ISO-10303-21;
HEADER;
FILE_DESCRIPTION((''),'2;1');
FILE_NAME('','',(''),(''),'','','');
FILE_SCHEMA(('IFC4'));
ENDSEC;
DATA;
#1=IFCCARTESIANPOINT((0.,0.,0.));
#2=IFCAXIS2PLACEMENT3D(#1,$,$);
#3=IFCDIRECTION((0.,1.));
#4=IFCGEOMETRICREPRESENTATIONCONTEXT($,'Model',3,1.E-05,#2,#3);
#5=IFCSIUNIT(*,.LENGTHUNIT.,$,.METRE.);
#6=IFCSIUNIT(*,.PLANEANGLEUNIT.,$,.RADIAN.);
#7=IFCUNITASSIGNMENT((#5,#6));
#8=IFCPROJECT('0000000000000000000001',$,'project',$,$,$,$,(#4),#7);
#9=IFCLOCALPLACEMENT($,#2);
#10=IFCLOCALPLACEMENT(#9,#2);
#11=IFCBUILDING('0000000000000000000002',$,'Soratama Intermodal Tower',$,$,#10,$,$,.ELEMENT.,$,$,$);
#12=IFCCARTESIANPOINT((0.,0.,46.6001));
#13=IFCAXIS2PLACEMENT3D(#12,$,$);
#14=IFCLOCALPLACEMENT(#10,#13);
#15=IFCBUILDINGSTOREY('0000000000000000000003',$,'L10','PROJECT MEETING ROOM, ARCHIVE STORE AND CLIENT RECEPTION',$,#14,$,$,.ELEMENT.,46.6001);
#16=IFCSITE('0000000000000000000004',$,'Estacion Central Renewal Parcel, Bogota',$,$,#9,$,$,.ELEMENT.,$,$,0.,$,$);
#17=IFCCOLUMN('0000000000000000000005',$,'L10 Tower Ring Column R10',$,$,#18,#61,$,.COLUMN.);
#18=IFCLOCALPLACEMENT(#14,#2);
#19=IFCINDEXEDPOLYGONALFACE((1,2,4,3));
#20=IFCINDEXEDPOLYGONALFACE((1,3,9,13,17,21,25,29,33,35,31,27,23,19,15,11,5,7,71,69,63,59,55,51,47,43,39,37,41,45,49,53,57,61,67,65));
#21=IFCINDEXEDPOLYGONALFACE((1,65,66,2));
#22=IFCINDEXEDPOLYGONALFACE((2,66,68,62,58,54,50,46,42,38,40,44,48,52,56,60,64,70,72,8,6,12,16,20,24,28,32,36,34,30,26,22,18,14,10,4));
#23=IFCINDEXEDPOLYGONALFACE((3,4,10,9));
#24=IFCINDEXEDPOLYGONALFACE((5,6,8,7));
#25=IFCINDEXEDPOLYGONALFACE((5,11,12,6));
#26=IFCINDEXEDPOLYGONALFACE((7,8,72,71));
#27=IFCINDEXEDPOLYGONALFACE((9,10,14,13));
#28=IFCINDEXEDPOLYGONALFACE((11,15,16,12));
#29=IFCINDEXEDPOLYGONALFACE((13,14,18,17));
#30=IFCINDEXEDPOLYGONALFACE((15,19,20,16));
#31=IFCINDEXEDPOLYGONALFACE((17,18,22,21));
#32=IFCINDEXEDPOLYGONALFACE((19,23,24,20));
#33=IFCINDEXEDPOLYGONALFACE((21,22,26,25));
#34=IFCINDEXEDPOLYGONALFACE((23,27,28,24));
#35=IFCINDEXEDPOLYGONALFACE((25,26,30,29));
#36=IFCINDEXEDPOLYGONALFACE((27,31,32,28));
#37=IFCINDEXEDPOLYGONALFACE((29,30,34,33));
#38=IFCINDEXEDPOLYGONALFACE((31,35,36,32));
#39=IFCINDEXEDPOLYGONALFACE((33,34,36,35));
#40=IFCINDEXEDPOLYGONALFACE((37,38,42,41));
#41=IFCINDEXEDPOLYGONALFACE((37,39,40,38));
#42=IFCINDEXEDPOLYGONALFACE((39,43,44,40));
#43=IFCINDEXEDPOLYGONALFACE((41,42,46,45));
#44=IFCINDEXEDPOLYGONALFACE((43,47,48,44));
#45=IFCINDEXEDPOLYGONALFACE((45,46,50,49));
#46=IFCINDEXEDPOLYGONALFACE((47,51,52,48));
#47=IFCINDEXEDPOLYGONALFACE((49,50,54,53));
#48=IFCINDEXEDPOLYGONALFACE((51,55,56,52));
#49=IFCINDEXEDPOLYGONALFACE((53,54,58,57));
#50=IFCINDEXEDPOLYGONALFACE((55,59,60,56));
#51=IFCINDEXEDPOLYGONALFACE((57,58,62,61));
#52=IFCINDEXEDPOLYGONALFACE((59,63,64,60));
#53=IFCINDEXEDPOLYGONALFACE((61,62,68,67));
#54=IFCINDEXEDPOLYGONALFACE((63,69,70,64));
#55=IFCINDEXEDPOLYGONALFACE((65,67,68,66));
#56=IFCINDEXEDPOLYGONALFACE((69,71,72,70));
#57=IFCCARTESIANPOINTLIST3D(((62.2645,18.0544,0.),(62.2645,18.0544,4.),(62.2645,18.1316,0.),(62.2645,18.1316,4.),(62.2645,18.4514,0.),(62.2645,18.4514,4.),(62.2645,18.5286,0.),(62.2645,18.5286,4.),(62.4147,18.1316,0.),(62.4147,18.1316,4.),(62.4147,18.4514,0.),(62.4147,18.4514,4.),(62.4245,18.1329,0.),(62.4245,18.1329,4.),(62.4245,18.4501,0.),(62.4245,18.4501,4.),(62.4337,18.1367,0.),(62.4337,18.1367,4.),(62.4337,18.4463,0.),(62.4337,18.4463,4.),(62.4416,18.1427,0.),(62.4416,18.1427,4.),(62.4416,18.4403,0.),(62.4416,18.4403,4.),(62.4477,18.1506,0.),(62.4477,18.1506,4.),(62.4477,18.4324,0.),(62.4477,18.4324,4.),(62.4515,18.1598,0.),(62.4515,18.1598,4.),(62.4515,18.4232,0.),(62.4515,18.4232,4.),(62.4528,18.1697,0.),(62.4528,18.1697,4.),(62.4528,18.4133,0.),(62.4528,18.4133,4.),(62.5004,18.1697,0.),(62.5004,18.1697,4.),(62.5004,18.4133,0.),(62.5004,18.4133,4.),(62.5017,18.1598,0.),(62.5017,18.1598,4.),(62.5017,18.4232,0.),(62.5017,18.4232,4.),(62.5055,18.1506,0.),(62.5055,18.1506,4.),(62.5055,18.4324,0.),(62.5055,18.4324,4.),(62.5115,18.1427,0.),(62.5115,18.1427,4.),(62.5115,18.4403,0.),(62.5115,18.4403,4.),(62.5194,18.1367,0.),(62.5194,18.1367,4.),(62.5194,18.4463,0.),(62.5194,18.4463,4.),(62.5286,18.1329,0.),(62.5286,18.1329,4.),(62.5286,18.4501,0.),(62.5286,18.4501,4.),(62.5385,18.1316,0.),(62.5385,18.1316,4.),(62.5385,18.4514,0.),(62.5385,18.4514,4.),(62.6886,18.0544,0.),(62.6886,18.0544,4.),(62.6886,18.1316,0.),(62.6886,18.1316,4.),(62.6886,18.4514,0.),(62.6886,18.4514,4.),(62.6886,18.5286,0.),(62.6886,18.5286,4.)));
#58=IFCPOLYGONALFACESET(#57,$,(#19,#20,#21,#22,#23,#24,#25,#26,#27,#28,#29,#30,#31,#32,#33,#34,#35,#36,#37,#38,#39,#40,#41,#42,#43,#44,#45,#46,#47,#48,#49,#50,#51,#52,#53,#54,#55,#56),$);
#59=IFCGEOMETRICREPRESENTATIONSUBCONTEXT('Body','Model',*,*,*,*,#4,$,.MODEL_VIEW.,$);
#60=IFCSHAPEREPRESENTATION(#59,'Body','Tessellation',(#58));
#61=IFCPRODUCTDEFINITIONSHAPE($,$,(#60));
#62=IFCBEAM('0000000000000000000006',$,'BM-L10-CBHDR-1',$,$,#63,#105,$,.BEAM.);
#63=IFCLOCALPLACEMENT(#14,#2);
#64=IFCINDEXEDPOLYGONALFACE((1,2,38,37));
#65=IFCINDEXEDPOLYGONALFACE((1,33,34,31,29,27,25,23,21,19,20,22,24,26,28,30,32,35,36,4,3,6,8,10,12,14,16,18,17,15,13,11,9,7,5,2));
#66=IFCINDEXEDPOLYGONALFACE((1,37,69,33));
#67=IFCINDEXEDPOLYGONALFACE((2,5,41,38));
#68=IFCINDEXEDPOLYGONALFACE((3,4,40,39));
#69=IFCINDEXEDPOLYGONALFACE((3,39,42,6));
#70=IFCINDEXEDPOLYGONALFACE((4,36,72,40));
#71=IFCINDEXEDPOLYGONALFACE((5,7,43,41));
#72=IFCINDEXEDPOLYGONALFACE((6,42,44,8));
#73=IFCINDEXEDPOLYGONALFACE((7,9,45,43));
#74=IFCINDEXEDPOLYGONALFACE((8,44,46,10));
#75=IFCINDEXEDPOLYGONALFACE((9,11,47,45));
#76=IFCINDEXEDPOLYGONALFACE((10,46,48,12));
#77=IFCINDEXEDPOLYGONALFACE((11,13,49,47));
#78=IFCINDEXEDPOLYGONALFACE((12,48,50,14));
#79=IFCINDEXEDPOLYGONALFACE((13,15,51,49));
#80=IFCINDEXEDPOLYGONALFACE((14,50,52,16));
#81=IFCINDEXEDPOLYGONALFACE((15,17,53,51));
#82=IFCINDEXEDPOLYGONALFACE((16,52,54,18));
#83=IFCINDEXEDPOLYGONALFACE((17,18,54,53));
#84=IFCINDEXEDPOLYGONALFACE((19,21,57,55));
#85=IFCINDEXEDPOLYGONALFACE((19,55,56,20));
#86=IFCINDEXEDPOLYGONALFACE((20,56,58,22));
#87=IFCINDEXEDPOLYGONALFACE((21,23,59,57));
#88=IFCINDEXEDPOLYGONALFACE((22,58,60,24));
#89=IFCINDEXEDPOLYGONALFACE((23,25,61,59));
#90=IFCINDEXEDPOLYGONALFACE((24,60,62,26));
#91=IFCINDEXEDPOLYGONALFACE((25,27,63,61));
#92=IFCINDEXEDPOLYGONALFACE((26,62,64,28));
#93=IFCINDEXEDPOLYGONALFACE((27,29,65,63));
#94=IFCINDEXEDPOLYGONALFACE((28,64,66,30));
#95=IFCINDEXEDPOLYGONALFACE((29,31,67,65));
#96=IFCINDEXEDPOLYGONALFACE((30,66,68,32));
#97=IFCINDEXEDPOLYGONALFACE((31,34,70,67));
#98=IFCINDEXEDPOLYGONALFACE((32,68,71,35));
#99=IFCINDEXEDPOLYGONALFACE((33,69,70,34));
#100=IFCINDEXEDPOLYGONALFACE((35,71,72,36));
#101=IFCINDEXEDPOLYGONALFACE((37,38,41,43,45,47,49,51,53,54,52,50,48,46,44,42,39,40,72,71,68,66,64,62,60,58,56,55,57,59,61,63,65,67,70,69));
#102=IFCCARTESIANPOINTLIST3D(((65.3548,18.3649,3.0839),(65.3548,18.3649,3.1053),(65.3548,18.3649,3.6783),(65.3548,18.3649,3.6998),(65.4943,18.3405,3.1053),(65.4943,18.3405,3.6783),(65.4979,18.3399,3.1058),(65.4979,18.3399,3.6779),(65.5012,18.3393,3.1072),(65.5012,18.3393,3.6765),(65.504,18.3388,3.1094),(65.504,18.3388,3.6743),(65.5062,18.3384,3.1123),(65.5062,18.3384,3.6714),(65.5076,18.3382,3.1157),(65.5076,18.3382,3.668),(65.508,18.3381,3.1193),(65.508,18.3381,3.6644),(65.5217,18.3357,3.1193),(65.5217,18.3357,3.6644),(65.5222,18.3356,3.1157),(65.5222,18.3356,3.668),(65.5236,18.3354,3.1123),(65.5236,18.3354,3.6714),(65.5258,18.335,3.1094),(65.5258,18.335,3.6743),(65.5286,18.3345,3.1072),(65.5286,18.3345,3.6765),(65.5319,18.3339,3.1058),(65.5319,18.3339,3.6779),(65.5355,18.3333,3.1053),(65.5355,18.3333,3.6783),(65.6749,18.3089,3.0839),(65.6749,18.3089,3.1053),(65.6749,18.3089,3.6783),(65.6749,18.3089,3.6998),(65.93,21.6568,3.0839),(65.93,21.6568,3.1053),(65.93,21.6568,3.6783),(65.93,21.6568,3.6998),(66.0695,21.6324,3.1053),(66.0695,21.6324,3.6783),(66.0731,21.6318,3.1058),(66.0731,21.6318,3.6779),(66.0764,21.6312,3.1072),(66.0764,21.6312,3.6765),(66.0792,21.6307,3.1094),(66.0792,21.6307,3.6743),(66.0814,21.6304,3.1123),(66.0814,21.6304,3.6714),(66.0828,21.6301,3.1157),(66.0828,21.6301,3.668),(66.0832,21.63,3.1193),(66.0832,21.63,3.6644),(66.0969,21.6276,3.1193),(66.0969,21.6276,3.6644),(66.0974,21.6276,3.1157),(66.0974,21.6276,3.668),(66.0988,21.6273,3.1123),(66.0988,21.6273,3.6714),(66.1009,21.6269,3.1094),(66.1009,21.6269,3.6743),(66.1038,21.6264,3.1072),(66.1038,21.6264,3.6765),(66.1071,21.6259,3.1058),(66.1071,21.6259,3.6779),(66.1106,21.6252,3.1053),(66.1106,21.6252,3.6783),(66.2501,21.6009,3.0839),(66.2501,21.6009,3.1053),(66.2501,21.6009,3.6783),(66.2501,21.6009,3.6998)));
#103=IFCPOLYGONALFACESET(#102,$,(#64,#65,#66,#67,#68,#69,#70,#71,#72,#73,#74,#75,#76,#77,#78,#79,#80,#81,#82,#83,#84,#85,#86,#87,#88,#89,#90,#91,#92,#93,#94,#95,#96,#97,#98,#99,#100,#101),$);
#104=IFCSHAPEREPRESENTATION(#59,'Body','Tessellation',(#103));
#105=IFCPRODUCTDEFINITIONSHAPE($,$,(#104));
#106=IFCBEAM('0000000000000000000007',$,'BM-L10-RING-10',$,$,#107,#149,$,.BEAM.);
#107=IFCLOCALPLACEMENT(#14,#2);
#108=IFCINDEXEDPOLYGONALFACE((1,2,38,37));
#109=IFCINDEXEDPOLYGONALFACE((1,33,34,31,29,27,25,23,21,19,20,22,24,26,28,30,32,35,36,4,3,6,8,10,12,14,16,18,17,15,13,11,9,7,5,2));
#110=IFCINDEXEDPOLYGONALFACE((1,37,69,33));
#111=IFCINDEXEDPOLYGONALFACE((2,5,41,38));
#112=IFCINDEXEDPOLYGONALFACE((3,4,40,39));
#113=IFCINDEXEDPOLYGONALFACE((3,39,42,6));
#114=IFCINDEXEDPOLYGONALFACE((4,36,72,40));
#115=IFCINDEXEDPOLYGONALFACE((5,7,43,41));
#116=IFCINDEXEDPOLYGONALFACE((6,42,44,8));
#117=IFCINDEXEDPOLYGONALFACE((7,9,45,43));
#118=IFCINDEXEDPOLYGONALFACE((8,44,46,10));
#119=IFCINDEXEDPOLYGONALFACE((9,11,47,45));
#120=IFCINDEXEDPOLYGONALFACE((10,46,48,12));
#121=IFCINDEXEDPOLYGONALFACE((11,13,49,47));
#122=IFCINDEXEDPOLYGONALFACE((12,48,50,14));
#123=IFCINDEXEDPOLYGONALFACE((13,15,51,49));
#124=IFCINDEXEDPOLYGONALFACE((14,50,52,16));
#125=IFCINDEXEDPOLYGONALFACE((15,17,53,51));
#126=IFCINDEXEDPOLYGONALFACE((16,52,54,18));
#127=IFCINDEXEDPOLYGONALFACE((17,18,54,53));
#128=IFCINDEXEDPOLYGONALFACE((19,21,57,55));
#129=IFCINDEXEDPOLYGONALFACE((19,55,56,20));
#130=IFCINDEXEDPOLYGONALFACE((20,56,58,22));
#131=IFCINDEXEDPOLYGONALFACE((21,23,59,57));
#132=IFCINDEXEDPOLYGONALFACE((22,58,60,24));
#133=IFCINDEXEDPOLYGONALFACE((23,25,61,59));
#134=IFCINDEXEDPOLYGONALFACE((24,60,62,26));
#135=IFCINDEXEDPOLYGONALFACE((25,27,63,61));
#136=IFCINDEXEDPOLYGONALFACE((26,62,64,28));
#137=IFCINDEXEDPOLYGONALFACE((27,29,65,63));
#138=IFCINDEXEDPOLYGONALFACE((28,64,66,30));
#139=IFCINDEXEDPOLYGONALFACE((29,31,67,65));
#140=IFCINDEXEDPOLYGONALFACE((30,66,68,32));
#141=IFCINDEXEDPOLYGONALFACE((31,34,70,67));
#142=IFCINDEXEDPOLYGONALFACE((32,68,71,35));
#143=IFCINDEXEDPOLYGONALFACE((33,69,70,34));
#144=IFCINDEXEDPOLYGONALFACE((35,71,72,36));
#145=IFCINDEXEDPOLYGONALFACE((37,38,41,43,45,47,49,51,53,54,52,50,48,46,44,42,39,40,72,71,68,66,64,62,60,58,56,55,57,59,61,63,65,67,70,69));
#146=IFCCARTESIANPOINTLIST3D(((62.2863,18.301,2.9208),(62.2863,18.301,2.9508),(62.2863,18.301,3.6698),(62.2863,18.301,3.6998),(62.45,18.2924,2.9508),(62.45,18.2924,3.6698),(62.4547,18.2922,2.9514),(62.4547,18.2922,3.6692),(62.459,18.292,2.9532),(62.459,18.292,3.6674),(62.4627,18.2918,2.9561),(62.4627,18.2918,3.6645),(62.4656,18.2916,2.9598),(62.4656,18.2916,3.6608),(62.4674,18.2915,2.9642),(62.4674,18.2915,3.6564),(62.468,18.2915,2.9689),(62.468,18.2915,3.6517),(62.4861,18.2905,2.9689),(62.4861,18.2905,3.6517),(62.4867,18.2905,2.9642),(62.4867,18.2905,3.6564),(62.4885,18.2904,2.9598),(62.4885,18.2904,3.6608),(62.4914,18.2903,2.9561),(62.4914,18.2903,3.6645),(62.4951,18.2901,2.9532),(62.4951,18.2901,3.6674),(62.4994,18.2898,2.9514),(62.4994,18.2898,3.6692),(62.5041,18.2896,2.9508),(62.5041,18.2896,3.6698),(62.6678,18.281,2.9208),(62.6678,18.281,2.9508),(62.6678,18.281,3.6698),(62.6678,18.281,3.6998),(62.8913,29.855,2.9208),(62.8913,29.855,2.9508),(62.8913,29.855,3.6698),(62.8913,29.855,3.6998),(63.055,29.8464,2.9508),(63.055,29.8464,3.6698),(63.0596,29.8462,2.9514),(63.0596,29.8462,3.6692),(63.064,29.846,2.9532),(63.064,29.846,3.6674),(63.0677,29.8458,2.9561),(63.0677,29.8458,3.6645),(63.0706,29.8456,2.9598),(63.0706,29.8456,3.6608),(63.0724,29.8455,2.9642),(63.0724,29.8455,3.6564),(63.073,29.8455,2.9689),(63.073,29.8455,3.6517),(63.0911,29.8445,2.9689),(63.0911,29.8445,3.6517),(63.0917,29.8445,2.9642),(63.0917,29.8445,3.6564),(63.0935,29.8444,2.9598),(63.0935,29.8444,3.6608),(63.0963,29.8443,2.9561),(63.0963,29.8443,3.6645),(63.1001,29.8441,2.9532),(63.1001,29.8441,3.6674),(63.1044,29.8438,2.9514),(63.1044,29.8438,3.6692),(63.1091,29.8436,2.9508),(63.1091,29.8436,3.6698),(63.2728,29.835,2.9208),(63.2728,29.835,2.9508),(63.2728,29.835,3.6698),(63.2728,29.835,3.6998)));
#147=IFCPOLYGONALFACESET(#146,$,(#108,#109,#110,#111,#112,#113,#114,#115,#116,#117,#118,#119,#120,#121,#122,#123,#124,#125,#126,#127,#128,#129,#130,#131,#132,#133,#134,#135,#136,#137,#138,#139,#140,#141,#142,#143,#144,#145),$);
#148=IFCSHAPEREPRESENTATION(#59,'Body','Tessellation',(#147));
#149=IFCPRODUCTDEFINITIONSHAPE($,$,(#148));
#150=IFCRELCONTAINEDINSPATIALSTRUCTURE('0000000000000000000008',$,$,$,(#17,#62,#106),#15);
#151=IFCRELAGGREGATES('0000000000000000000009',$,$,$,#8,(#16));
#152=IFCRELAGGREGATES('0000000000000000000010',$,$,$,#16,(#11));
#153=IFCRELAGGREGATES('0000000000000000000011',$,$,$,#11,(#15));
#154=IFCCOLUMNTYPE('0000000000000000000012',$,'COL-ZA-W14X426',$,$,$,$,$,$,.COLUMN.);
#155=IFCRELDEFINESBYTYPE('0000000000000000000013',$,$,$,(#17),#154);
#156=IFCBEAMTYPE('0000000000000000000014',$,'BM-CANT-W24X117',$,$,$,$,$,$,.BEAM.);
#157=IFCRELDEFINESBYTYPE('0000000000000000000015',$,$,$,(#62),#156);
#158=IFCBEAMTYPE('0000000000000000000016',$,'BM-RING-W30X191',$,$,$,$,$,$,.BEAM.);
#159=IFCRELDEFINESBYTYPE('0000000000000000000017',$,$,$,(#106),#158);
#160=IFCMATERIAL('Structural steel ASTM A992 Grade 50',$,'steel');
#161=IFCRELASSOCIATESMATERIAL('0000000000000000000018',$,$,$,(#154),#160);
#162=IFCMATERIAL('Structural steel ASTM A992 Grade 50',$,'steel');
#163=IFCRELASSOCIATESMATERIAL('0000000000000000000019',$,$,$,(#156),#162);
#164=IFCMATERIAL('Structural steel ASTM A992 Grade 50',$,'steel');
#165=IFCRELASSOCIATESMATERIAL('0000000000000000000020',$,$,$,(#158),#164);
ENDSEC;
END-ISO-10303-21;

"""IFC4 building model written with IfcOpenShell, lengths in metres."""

from ifc_helpers import new_model, si_unit, direction, frame, origin, origin_2d, place, context, subcontext, project, spatial, i_section, extrude, material, material_profile, profile_set, type_object, element, save


model = new_model("IFC4")

# Units and contexts
model_context = context("Model", 3, precision=1e-05, world=origin(), true_north=direction((0.0, 1.0)))
body_context = subcontext(model_context, "Body", "Model", "MODEL_VIEW")
ifc_project = project(units=[si_unit("LENGTHUNIT", "METRE"), si_unit("PLANEANGLEUNIT", "RADIAN")], contexts=[model_context])

# Site, building, storey
site_placement = place(None, origin())
site = spatial("IfcSite", under=ifc_project, at=site_placement, Name="Estacion Central Renewal Parcel, Bogota", CompositionType="ELEMENT", RefElevation=0.0)
building_placement = place(site_placement, origin())
building = spatial("IfcBuilding", under=site, at=building_placement, Name="Soratama Intermodal Tower", CompositionType="ELEMENT")
storey_placement = place(building_placement, frame((0.0, 0.0, 46.6001)))
storey = spatial("IfcBuildingStorey", under=building, at=storey_placement, Name="L10", Description="PROJECT MEETING ROOM, ARCHIVE STORE AND CLIENT RECEPTION", CompositionType="ELEMENT", Elevation=46.6001)

# Column
ifc_material_1 = material(Name="Structural steel ASTM A992 Grade 50", Category="steel")
ifc_material_profile_1 = material_profile(ifc_material_1, i_section(OverallWidth=0.4241, OverallDepth=0.4741, WebThickness=0.0476, FlangeThickness=0.0771, FilletRadius=0.0381, at=origin_2d()), Name="W14X426")
ifc_profile_set_1 = profile_set([ifc_material_profile_1], Name="Structural steel ASTM A992 Grade 50")
column_type = type_object("IfcColumnType", Name="COL-ZA-W14X426", PredefinedType="COLUMN", material=ifc_profile_set_1)
column_placement = place(storey_placement, frame((62.4766, 18.2915, 0.0), z_axis=(0.0, 0.0, 1.0), x_axis=(1.0, 0.0, 0.0)))
element("IfcColumn", 1, at=column_placement, inside=storey, type_object=column_type, Name="L10 Tower Ring Column R10", PredefinedType="COLUMN", context=body_context, shape_type="SweptSolid", body=[
    extrude(i_section(OverallWidth=0.4241, OverallDepth=0.4741, WebThickness=0.0476, FlangeThickness=0.0771, FilletRadius=0.0381, at=origin_2d()), origin(), (0.0, 0.0, 1.0), 4.0),
])

# Beams
ifc_material_2 = material(Name="Structural steel ASTM A992 Grade 50", Category="steel")
ifc_material_profile_2 = material_profile(ifc_material_2, i_section(OverallWidth=0.325, OverallDepth=0.616, WebThickness=0.0139, FlangeThickness=0.0215, FilletRadius=0.0139, at=origin_2d()), Name="W24X117")
ifc_profile_set_2 = profile_set([ifc_material_profile_2], Name="Structural steel ASTM A992 Grade 50")
beam_type_1 = type_object("IfcBeamType", Name="BM-CANT-W24X117", PredefinedType="BEAM", material=ifc_profile_set_2)
beam_1_placement = place(storey_placement, frame((65.5149, 18.3369, 3.3918), z_axis=(0.172118, 0.985076, 0.0), x_axis=(-0.985076, 0.172118, 0.0)))
element("IfcBeam", 2, at=beam_1_placement, inside=storey, type_object=beam_type_1, Name="BM-L10-CBHDR-1", PredefinedType="BEAM", context=body_context, shape_type="SweptSolid", body=[
    extrude(i_section(OverallWidth=0.325, OverallDepth=0.616, WebThickness=0.0139, FlangeThickness=0.0215, FilletRadius=0.0139, at=origin_2d()), origin(), (0.0, 0.0, 1.0), 3.3418),
])
ifc_material_3 = material(Name="Structural steel ASTM A992 Grade 50", Category="steel")
ifc_material_profile_3 = material_profile(ifc_material_3, i_section(OverallWidth=0.3821, OverallDepth=0.7791, WebThickness=0.0181, FlangeThickness=0.03, FilletRadius=0.0181, at=origin_2d()), Name="W30X191")
ifc_profile_set_3 = profile_set([ifc_material_profile_3], Name="Structural steel ASTM A992 Grade 50")
beam_type_2 = type_object("IfcBeamType", Name="BM-RING-W30X191", PredefinedType="BEAM", material=ifc_profile_set_3)
beam_2_placement = place(storey_placement, frame((62.4771, 18.291, 3.3103), z_axis=(0.05229, 0.998632, 0.0), x_axis=(-0.998632, 0.05229, 0.0)))
element("IfcBeam", 3, at=beam_2_placement, inside=storey, type_object=beam_type_2, Name="BM-L10-RING-10", PredefinedType="BEAM", context=body_context, shape_type="SweptSolid", body=[
    extrude(i_section(OverallWidth=0.3821, OverallDepth=0.7791, WebThickness=0.0181, FlangeThickness=0.03, FilletRadius=0.0181, at=origin_2d()), origin(), (0.0, 0.0, 1.0), 11.5698),
])

save(model, "model.ifc")
